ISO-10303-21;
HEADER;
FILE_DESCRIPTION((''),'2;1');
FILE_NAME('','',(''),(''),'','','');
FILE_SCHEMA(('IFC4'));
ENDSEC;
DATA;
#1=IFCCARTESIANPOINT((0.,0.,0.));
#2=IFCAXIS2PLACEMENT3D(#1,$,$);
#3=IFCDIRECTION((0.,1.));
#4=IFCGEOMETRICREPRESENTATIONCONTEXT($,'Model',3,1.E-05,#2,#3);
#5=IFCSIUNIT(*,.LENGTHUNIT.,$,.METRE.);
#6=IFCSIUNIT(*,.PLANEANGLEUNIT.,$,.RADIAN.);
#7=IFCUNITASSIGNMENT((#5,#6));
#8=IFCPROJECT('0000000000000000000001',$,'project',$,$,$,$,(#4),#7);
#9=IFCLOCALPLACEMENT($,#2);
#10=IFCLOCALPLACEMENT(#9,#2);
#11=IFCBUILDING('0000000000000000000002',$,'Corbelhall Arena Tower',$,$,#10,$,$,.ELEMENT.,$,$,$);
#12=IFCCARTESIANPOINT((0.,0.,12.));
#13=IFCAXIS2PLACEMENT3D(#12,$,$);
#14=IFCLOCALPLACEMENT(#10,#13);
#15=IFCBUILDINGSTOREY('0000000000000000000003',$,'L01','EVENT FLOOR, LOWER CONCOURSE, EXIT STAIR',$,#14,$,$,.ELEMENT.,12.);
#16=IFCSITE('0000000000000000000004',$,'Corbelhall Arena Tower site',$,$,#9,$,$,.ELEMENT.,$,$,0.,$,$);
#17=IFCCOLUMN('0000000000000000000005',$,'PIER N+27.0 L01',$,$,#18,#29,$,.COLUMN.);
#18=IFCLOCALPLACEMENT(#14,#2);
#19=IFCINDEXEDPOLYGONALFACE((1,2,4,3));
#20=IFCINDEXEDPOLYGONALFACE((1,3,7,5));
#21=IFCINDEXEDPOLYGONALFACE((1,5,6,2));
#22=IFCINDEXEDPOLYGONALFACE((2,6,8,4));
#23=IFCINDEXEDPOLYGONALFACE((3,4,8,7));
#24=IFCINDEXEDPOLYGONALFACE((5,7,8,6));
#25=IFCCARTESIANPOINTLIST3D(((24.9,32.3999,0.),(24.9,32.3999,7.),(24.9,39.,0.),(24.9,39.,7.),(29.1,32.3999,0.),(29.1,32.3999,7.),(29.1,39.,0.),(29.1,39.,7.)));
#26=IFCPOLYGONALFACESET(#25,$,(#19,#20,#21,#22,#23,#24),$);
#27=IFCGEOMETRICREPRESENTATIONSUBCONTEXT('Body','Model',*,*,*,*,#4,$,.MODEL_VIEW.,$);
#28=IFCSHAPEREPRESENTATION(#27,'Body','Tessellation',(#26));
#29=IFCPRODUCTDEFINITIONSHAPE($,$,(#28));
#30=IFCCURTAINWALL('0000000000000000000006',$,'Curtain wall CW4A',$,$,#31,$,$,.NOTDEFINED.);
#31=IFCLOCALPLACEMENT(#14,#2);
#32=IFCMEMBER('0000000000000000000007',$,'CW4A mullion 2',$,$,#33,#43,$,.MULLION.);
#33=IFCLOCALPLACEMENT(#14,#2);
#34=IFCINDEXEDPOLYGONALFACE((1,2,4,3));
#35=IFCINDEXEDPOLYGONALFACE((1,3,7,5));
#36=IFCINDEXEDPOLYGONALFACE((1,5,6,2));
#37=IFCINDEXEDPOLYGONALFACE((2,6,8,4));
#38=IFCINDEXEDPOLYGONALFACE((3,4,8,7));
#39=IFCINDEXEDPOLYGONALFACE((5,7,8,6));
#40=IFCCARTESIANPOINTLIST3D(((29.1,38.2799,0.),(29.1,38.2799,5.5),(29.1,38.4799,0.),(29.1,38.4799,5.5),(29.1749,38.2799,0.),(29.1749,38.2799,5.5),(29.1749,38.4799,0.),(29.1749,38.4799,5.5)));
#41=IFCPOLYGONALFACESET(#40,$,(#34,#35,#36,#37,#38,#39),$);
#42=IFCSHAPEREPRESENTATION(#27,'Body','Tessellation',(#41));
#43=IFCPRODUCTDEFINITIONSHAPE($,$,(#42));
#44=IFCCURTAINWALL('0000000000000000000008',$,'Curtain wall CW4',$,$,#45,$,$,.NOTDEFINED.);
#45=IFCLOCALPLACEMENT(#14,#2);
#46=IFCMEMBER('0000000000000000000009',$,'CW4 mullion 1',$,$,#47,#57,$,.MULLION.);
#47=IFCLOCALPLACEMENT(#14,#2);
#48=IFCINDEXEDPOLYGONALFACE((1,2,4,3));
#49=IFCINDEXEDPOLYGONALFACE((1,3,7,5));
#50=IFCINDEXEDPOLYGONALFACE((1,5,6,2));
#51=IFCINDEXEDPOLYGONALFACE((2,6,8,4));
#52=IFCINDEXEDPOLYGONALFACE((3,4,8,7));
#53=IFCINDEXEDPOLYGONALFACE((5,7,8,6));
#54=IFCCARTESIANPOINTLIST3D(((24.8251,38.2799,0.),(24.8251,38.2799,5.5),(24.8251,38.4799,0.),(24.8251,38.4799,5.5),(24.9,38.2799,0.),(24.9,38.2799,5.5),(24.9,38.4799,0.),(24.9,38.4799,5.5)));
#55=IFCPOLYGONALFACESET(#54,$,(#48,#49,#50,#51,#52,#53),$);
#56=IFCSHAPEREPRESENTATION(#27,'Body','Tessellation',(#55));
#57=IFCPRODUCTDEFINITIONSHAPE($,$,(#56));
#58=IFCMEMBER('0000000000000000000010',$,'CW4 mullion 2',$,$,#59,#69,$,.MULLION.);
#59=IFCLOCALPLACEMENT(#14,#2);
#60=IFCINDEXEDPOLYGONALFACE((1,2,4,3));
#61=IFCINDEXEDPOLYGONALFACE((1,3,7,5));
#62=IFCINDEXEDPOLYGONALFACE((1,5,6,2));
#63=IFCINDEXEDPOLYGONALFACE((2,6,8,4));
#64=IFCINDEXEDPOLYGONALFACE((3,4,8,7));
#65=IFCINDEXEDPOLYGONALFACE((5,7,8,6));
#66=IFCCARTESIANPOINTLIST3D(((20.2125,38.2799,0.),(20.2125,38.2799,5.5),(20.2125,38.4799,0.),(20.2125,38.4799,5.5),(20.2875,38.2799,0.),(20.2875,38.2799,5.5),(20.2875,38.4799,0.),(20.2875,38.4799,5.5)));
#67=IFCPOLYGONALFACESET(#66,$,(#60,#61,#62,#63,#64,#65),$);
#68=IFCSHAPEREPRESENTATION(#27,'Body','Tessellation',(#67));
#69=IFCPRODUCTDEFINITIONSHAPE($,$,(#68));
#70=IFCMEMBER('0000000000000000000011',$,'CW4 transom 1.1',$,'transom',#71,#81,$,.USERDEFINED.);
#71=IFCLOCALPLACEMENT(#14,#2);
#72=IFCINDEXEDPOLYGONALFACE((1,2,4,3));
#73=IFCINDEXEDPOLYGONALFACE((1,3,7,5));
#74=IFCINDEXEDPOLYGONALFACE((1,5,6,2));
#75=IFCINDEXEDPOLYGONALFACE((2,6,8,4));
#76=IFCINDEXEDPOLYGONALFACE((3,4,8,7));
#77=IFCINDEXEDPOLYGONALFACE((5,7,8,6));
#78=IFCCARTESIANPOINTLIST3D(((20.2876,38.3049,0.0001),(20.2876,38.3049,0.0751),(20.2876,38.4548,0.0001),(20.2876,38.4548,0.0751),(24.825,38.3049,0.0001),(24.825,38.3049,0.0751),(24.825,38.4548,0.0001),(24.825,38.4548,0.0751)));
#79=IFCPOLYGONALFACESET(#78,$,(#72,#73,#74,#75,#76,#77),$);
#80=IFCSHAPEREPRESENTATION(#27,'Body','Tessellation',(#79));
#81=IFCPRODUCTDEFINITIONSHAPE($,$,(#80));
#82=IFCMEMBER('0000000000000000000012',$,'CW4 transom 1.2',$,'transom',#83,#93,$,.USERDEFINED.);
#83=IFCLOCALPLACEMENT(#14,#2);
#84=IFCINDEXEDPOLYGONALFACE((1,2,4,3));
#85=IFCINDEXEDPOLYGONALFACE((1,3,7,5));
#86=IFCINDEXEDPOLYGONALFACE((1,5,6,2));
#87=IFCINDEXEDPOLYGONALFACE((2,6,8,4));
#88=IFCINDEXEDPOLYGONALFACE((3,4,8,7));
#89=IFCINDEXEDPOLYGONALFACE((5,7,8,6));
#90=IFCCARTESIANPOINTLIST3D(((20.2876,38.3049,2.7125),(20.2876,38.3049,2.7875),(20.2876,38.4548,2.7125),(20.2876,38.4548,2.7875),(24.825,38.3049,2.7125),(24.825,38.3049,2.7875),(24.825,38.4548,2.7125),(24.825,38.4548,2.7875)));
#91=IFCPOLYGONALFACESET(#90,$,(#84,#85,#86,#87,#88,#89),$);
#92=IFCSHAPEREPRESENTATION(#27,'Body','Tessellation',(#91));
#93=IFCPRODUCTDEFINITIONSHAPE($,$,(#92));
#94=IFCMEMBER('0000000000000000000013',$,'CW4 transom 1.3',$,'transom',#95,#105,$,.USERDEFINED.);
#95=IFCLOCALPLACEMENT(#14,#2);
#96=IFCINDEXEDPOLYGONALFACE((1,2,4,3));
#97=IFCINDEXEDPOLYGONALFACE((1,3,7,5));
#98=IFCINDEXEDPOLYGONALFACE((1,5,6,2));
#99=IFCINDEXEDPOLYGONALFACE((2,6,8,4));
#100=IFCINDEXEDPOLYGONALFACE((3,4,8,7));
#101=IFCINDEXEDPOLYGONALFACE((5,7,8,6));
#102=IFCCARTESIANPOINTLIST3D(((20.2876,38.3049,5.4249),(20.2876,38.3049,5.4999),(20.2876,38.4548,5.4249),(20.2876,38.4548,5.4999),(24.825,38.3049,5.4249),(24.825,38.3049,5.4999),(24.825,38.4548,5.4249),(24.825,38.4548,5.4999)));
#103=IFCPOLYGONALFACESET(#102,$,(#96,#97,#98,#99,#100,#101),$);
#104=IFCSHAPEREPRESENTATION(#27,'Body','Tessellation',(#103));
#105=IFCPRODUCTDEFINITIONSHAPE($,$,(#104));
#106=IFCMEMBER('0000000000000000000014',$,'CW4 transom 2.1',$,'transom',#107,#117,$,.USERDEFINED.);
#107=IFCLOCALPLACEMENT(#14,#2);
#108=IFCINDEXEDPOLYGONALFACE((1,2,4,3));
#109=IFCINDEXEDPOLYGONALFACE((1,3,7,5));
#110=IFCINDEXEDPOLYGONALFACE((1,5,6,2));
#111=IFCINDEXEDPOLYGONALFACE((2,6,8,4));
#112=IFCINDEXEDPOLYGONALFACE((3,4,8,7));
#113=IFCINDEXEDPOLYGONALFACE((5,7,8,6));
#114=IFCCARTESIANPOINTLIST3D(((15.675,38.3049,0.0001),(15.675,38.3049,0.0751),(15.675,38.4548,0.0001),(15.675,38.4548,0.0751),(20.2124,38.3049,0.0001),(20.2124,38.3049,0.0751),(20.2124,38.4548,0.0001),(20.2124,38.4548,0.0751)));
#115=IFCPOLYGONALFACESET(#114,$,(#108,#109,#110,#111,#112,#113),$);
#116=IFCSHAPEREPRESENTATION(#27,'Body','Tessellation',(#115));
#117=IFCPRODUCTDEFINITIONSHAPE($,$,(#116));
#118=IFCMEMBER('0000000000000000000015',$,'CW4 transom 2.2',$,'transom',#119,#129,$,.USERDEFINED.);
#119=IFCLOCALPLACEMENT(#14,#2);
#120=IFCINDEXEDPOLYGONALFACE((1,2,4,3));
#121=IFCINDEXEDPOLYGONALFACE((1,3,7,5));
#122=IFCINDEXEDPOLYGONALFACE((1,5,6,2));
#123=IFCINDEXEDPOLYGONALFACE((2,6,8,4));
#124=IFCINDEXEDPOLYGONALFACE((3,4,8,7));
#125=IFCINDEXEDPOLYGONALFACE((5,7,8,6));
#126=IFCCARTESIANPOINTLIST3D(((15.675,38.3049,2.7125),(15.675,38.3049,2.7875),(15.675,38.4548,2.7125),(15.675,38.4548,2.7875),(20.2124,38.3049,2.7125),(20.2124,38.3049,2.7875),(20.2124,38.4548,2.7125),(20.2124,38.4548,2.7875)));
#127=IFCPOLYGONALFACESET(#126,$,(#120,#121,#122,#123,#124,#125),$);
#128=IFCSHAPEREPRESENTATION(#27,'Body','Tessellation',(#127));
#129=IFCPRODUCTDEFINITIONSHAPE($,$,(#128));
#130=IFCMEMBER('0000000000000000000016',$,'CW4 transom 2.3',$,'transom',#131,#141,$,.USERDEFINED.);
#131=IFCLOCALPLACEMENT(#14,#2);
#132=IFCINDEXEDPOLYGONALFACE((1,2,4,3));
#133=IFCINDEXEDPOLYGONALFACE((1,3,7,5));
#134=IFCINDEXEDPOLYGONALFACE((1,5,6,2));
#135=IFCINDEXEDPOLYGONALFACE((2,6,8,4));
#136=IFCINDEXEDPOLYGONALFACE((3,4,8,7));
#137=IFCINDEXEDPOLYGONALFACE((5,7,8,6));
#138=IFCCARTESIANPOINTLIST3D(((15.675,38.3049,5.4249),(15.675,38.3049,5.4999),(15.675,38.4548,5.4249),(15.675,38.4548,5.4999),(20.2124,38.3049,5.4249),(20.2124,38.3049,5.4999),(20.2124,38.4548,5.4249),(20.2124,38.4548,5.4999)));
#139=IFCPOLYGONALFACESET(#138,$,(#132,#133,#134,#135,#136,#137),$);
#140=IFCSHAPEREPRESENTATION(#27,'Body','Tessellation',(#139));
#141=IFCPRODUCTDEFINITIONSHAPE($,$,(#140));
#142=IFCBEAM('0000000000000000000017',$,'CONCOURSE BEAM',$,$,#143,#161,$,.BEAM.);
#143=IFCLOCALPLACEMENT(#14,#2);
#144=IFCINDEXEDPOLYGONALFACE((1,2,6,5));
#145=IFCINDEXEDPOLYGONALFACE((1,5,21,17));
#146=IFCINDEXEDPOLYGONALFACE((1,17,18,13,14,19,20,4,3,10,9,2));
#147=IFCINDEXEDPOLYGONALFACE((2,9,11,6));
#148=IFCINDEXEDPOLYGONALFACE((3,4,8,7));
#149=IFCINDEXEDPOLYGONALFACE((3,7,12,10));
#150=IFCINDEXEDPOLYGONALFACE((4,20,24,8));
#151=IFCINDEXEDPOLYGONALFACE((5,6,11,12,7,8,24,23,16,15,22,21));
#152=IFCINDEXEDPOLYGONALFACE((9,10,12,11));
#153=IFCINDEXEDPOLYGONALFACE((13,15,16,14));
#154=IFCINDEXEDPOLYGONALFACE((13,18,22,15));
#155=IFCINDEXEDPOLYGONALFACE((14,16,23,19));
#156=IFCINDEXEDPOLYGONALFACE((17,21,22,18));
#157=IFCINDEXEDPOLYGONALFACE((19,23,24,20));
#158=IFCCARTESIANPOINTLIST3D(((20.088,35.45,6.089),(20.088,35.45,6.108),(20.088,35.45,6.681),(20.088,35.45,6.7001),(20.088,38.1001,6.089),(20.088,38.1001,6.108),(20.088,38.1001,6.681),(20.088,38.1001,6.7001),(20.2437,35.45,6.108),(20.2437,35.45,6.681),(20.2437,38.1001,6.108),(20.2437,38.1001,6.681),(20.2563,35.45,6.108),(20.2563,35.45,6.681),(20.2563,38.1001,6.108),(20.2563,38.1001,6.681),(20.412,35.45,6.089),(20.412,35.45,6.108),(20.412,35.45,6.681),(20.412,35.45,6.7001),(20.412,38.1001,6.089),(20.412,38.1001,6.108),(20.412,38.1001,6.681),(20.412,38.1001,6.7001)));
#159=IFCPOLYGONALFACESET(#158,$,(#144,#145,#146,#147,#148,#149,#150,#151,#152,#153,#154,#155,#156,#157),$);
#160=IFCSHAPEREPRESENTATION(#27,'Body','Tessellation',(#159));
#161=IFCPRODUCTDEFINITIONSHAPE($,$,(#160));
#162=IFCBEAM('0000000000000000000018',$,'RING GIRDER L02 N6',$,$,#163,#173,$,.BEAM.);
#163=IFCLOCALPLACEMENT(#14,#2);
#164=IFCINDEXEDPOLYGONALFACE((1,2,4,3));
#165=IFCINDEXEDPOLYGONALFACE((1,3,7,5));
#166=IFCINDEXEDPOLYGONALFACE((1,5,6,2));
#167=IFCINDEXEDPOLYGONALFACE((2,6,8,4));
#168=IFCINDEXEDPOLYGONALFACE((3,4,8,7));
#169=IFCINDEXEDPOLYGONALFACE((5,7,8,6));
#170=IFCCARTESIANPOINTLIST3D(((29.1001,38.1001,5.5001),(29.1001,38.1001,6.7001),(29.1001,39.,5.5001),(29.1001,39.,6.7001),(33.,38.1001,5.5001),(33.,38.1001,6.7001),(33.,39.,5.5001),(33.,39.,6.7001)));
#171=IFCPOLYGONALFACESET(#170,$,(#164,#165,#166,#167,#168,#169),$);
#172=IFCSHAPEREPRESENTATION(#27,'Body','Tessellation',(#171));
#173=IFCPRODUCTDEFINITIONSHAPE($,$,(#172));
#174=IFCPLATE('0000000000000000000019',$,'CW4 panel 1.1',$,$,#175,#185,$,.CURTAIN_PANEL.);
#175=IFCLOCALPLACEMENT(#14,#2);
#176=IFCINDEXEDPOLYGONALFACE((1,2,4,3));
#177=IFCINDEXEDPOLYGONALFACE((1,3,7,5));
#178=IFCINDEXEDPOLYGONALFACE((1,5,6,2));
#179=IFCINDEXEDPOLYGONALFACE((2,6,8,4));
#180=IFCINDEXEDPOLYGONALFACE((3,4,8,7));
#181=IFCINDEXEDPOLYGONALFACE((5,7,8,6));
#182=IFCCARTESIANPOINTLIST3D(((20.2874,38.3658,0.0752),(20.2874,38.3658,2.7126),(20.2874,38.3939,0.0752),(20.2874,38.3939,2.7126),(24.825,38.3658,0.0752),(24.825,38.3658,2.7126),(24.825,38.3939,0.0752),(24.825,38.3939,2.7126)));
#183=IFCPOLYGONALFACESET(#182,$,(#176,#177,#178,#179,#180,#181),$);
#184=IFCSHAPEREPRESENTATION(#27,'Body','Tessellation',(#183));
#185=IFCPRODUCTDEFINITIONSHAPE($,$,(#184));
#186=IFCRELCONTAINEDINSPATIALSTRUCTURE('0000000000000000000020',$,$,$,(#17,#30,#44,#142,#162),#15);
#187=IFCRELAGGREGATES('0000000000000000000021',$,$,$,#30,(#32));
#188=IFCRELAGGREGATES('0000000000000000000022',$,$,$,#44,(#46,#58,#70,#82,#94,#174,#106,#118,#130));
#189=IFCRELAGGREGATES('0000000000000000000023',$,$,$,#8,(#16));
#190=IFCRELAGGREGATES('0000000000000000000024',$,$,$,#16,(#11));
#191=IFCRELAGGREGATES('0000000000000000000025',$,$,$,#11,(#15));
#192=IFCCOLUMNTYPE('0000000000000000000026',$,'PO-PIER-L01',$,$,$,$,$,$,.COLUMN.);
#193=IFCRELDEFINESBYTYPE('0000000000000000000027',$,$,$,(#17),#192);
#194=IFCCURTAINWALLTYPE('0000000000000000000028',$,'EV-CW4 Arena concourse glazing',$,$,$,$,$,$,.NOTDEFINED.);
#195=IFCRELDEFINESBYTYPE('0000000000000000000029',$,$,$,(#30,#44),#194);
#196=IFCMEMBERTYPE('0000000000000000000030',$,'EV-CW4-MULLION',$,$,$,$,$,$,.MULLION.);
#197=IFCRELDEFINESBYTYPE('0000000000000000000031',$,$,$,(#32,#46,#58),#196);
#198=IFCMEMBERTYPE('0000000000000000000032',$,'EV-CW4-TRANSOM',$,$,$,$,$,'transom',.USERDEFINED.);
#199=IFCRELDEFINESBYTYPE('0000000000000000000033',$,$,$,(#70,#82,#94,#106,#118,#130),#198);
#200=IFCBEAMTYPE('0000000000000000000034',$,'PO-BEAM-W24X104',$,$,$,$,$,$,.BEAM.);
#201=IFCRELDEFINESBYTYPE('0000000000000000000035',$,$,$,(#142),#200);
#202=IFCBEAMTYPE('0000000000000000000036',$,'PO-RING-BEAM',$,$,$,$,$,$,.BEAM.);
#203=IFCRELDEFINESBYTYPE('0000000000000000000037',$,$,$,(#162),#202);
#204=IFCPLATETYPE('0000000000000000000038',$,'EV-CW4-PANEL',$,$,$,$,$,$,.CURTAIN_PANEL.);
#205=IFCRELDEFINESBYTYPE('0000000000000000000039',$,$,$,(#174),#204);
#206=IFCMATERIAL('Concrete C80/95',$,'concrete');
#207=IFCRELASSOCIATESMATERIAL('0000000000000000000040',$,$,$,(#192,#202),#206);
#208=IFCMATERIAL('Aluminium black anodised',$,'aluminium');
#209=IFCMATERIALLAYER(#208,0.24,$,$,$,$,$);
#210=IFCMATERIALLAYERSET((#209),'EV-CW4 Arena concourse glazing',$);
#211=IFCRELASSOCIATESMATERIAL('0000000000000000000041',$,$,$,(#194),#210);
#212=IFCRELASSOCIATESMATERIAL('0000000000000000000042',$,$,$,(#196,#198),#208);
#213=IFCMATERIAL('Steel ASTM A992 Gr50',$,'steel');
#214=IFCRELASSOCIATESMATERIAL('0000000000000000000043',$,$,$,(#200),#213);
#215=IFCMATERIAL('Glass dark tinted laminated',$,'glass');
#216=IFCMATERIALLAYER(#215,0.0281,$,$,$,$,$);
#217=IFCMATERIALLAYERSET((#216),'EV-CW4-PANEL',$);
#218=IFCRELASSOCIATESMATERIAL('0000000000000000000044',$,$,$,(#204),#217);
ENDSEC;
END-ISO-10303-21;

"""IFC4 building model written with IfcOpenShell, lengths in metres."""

from ifc_helpers import new_model, si_unit, direction, frame, origin, origin_2d, place, context, subcontext, project, spatial, rectangle, i_section, extrude, material, layer, layer_set, material_profile, profile_set, type_object, element, aggregate, save


model = new_model("IFC4")

# Units and contexts
model_context = context("Model", 3, precision=1e-05, world=origin(), true_north=direction((0.0, 1.0)))
body_context = subcontext(model_context, "Body", "Model", "MODEL_VIEW")
ifc_project = project(units=[si_unit("LENGTHUNIT", "METRE"), si_unit("PLANEANGLEUNIT", "RADIAN")], contexts=[model_context])

# Site, building, storey
site_placement = place(None, origin())
site = spatial("IfcSite", under=ifc_project, at=site_placement, Name="Corbelhall Arena Tower site", CompositionType="ELEMENT", RefElevation=0.0)
building_placement = place(site_placement, origin())
building = spatial("IfcBuilding", under=site, at=building_placement, Name="Corbelhall Arena Tower", CompositionType="ELEMENT")
storey_placement = place(building_placement, frame((0.0, 0.0, 12.0)))
storey = spatial("IfcBuildingStorey", under=building, at=storey_placement, Name="L01", Description="EVENT FLOOR, LOWER CONCOURSE, EXIT STAIR", CompositionType="ELEMENT", Elevation=12.0)

# Column
ifc_material_1 = material(Name="Concrete C80/95", Category="concrete")
ifc_material_profile_1 = material_profile(ifc_material_1, rectangle(XDim=4.2, YDim=6.6001, at=origin_2d()))
ifc_profile_set_1 = profile_set([ifc_material_profile_1], Name="Concrete C80/95")
column_type = type_object("IfcColumnType", Name="PO-PIER-L01", PredefinedType="COLUMN", material=ifc_profile_set_1)
column_placement = place(storey_placement, frame((27.0, 35.7, 0.0), z_axis=(0.0, 0.0, 1.0), x_axis=(1.0, 0.0, 0.0)))
element("IfcColumn", 1, at=column_placement, inside=storey, type_object=column_type, Name="PIER N+27.0 L01", PredefinedType="COLUMN", context=body_context, shape_type="SweptSolid", body=[
    extrude(rectangle(XDim=4.2, YDim=6.6001, at=origin_2d()), origin(), (0.0, 0.0, 1.0), 7.0),
])

# Curtain wall, member
ifc_material_2 = material(Name="Aluminium black anodised", Category="aluminium")
ifc_layer_1 = layer(ifc_material_2, 0.24)
ifc_layer_set_1 = layer_set([ifc_layer_1], Name="EV-CW4 Arena concourse glazing")
curtain_wall_type = type_object("IfcCurtainWallType", Name="EV-CW4 Arena concourse glazing", PredefinedType="NOTDEFINED", material=ifc_layer_set_1)
curtain_wall_1_placement = place(storey_placement, origin())
curtain_wall_1 = element("IfcCurtainWall", 2, at=curtain_wall_1_placement, inside=storey, type_object=curtain_wall_type, Name="Curtain wall CW4A", PredefinedType="NOTDEFINED")
ifc_material_profile_2 = material_profile(ifc_material_2, rectangle(XDim=0.2, YDim=0.075, at=origin_2d()))
ifc_profile_set_2 = profile_set([ifc_material_profile_2], Name="Aluminium black anodised")
member_type_1 = type_object("IfcMemberType", Name="EV-CW4-MULLION", PredefinedType="MULLION", material=ifc_profile_set_2)
member_1_placement = place(storey_placement, frame((29.1375, 38.3799, 0.0), z_axis=(0.0, 0.0, 1.0), x_axis=(0.0, -1.0, 0.0)))
member_1 = element("IfcMember", 3, at=member_1_placement, type_object=member_type_1, Name="CW4A mullion 2", PredefinedType="MULLION", context=body_context, shape_type="SweptSolid", body=[
    extrude(rectangle(XDim=0.2, YDim=0.075, at=origin_2d()), origin(), (0.0, 0.0, 1.0), 5.5),
])
aggregate(curtain_wall_1, [member_1])

# Curtain wall, members
curtain_wall_2_placement = place(storey_placement, origin())
curtain_wall_2 = element("IfcCurtainWall", 4, at=curtain_wall_2_placement, inside=storey, type_object=curtain_wall_type, Name="Curtain wall CW4", PredefinedType="NOTDEFINED")
member_2_placement = place(storey_placement, frame((24.8625, 38.3799, 0.0), z_axis=(0.0, 0.0, 1.0), x_axis=(0.0, -1.0, 0.0)))
member_2 = element("IfcMember", 5, at=member_2_placement, type_object=member_type_1, Name="CW4 mullion 1", PredefinedType="MULLION", context=body_context, shape_type="SweptSolid", body=[
    extrude(rectangle(XDim=0.2, YDim=0.075, at=origin_2d()), origin(), (0.0, 0.0, 1.0), 5.5),
])
member_3_placement = place(storey_placement, frame((20.25, 38.3799, 0.0), z_axis=(0.0, 0.0, 1.0), x_axis=(0.0, -1.0, 0.0)))
member_3 = element("IfcMember", 6, at=member_3_placement, type_object=member_type_1, Name="CW4 mullion 2", PredefinedType="MULLION", context=body_context, shape_type="SweptSolid", body=[
    extrude(rectangle(XDim=0.2, YDim=0.075, at=origin_2d()), origin(), (0.0, 0.0, 1.0), 5.5),
])
ifc_material_profile_3 = material_profile(ifc_material_2, rectangle(XDim=0.1499, YDim=0.075, at=origin_2d()))
ifc_profile_set_3 = profile_set([ifc_material_profile_3], Name="Aluminium black anodised")
member_type_2 = type_object("IfcMemberType", Name="EV-CW4-TRANSOM", ElementType="transom", PredefinedType="USERDEFINED", material=ifc_profile_set_3)
member_4_placement = place(storey_placement, frame((24.825, 38.3799, 0.0376), z_axis=(-1.0, 0.0, 0.0), x_axis=(0.0, -1.0, 0.0)))
member_4 = element("IfcMember", 7, at=member_4_placement, type_object=member_type_2, Name="CW4 transom 1.1", ObjectType="transom", PredefinedType="USERDEFINED", context=body_context, shape_type="SweptSolid", body=[
    extrude(rectangle(XDim=0.1499, YDim=0.075, at=origin_2d()), origin(), (0.0, 0.0, 1.0), 4.5374),
])
member_5_placement = place(storey_placement, frame((24.825, 38.3799, 2.75), z_axis=(-1.0, 0.0, 0.0), x_axis=(0.0, -1.0, 0.0)))
member_5 = element("IfcMember", 8, at=member_5_placement, type_object=member_type_2, Name="CW4 transom 1.2", ObjectType="transom", PredefinedType="USERDEFINED", context=body_context, shape_type="SweptSolid", body=[
    extrude(rectangle(XDim=0.1499, YDim=0.075, at=origin_2d()), origin(), (0.0, 0.0, 1.0), 4.5374),
])
member_6_placement = place(storey_placement, frame((24.825, 38.3799, 5.4624), z_axis=(-1.0, 0.0, 0.0), x_axis=(0.0, -1.0, 0.0)))
member_6 = element("IfcMember", 9, at=member_6_placement, type_object=member_type_2, Name="CW4 transom 1.3", ObjectType="transom", PredefinedType="USERDEFINED", context=body_context, shape_type="SweptSolid", body=[
    extrude(rectangle(XDim=0.1499, YDim=0.075, at=origin_2d()), origin(), (0.0, 0.0, 1.0), 4.5374),
])
member_7_placement = place(storey_placement, frame((20.2124, 38.3799, 0.0376), z_axis=(-1.0, 0.0, 0.0), x_axis=(0.0, -1.0, 0.0)))
member_7 = element("IfcMember", 10, at=member_7_placement, type_object=member_type_2, Name="CW4 transom 2.1", ObjectType="transom", PredefinedType="USERDEFINED", context=body_context, shape_type="SweptSolid", body=[
    extrude(rectangle(XDim=0.1499, YDim=0.075, at=origin_2d()), origin(), (0.0, 0.0, 1.0), 4.5374),
])
member_8_placement = place(storey_placement, frame((20.2124, 38.3799, 2.75), z_axis=(-1.0, 0.0, 0.0), x_axis=(0.0, -1.0, 0.0)))
member_8 = element("IfcMember", 11, at=member_8_placement, type_object=member_type_2, Name="CW4 transom 2.2", ObjectType="transom", PredefinedType="USERDEFINED", context=body_context, shape_type="SweptSolid", body=[
    extrude(rectangle(XDim=0.1499, YDim=0.075, at=origin_2d()), origin(), (0.0, 0.0, 1.0), 4.5374),
])
member_9_placement = place(storey_placement, frame((20.2124, 38.3799, 5.4624), z_axis=(-1.0, 0.0, 0.0), x_axis=(0.0, -1.0, 0.0)))
member_9 = element("IfcMember", 12, at=member_9_placement, type_object=member_type_2, Name="CW4 transom 2.3", ObjectType="transom", PredefinedType="USERDEFINED", context=body_context, shape_type="SweptSolid", body=[
    extrude(rectangle(XDim=0.1499, YDim=0.075, at=origin_2d()), origin(), (0.0, 0.0, 1.0), 4.5374),
])

# Beams
ifc_material_3 = material(Name="Steel ASTM A992 Gr50", Category="steel")
ifc_material_profile_4 = material_profile(ifc_material_3, i_section(OverallWidth=0.324, OverallDepth=0.6111, WebThickness=0.0127, FlangeThickness=0.019, at=origin_2d()))
ifc_profile_set_4 = profile_set([ifc_material_profile_4], Name="Steel ASTM A992 Gr50")
beam_type_1 = type_object("IfcBeamType", Name="PO-BEAM-W24X104", PredefinedType="BEAM", material=ifc_profile_set_4)
beam_1_placement = place(storey_placement, frame((20.25, 35.45, 6.3945), z_axis=(0.0, 1.0, 0.0), x_axis=(-1.0, 0.0, 0.0)))
element("IfcBeam", 13, at=beam_1_placement, inside=storey, type_object=beam_type_1, Name="CONCOURSE BEAM", PredefinedType="BEAM", context=body_context, shape_type="SweptSolid", body=[
    extrude(i_section(OverallWidth=0.324, OverallDepth=0.6111, WebThickness=0.0127, FlangeThickness=0.019, at=origin_2d()), origin(), (0.0, 0.0, 1.0), 2.6501),
])
ifc_material_profile_5 = material_profile(ifc_material_1, rectangle(XDim=0.8999, YDim=1.2, at=origin_2d()))
ifc_profile_set_5 = profile_set([ifc_material_profile_5], Name="Concrete C80/95")
beam_type_2 = type_object("IfcBeamType", Name="PO-RING-BEAM", PredefinedType="BEAM", material=ifc_profile_set_5)
beam_2_placement = place(storey_placement, frame((29.1001, 38.55, 6.1001), z_axis=(1.0, 0.0, 0.0), x_axis=(0.0, 1.0, 0.0)))
element("IfcBeam", 14, at=beam_2_placement, inside=storey, type_object=beam_type_2, Name="RING GIRDER L02 N6", PredefinedType="BEAM", context=body_context, shape_type="SweptSolid", body=[
    extrude(rectangle(XDim=0.8999, YDim=1.2, at=origin_2d()), origin(), (0.0, 0.0, 1.0), 3.8999),
])

# Plate
ifc_material_4 = material(Name="Glass dark tinted laminated", Category="glass")
ifc_layer_2 = layer(ifc_material_4, 0.0281)
ifc_layer_set_2 = layer_set([ifc_layer_2], Name="EV-CW4-PANEL")
plate_type = type_object("IfcPlateType", Name="EV-CW4-PANEL", PredefinedType="CURTAIN_PANEL", material=ifc_layer_set_2)
plate_1_placement = place(storey_placement, frame((22.5562, 38.3799, 0.0752), z_axis=(0.0, 0.0, 1.0), x_axis=(-1.0, 0.0, 0.0)))
plate_1 = element("IfcPlate", 15, at=plate_1_placement, type_object=plate_type, Name="CW4 panel 1.1", PredefinedType="CURTAIN_PANEL", context=body_context, shape_type="SweptSolid", body=[
    extrude(rectangle(XDim=4.5376, YDim=0.0281, at=origin_2d()), origin(), (0.0, 0.0, 1.0), 2.6375),
])
aggregate(curtain_wall_2, [member_2, member_3, member_4, member_5, member_6, plate_1, member_7, member_8, member_9])

save(model, "model.ifc")
